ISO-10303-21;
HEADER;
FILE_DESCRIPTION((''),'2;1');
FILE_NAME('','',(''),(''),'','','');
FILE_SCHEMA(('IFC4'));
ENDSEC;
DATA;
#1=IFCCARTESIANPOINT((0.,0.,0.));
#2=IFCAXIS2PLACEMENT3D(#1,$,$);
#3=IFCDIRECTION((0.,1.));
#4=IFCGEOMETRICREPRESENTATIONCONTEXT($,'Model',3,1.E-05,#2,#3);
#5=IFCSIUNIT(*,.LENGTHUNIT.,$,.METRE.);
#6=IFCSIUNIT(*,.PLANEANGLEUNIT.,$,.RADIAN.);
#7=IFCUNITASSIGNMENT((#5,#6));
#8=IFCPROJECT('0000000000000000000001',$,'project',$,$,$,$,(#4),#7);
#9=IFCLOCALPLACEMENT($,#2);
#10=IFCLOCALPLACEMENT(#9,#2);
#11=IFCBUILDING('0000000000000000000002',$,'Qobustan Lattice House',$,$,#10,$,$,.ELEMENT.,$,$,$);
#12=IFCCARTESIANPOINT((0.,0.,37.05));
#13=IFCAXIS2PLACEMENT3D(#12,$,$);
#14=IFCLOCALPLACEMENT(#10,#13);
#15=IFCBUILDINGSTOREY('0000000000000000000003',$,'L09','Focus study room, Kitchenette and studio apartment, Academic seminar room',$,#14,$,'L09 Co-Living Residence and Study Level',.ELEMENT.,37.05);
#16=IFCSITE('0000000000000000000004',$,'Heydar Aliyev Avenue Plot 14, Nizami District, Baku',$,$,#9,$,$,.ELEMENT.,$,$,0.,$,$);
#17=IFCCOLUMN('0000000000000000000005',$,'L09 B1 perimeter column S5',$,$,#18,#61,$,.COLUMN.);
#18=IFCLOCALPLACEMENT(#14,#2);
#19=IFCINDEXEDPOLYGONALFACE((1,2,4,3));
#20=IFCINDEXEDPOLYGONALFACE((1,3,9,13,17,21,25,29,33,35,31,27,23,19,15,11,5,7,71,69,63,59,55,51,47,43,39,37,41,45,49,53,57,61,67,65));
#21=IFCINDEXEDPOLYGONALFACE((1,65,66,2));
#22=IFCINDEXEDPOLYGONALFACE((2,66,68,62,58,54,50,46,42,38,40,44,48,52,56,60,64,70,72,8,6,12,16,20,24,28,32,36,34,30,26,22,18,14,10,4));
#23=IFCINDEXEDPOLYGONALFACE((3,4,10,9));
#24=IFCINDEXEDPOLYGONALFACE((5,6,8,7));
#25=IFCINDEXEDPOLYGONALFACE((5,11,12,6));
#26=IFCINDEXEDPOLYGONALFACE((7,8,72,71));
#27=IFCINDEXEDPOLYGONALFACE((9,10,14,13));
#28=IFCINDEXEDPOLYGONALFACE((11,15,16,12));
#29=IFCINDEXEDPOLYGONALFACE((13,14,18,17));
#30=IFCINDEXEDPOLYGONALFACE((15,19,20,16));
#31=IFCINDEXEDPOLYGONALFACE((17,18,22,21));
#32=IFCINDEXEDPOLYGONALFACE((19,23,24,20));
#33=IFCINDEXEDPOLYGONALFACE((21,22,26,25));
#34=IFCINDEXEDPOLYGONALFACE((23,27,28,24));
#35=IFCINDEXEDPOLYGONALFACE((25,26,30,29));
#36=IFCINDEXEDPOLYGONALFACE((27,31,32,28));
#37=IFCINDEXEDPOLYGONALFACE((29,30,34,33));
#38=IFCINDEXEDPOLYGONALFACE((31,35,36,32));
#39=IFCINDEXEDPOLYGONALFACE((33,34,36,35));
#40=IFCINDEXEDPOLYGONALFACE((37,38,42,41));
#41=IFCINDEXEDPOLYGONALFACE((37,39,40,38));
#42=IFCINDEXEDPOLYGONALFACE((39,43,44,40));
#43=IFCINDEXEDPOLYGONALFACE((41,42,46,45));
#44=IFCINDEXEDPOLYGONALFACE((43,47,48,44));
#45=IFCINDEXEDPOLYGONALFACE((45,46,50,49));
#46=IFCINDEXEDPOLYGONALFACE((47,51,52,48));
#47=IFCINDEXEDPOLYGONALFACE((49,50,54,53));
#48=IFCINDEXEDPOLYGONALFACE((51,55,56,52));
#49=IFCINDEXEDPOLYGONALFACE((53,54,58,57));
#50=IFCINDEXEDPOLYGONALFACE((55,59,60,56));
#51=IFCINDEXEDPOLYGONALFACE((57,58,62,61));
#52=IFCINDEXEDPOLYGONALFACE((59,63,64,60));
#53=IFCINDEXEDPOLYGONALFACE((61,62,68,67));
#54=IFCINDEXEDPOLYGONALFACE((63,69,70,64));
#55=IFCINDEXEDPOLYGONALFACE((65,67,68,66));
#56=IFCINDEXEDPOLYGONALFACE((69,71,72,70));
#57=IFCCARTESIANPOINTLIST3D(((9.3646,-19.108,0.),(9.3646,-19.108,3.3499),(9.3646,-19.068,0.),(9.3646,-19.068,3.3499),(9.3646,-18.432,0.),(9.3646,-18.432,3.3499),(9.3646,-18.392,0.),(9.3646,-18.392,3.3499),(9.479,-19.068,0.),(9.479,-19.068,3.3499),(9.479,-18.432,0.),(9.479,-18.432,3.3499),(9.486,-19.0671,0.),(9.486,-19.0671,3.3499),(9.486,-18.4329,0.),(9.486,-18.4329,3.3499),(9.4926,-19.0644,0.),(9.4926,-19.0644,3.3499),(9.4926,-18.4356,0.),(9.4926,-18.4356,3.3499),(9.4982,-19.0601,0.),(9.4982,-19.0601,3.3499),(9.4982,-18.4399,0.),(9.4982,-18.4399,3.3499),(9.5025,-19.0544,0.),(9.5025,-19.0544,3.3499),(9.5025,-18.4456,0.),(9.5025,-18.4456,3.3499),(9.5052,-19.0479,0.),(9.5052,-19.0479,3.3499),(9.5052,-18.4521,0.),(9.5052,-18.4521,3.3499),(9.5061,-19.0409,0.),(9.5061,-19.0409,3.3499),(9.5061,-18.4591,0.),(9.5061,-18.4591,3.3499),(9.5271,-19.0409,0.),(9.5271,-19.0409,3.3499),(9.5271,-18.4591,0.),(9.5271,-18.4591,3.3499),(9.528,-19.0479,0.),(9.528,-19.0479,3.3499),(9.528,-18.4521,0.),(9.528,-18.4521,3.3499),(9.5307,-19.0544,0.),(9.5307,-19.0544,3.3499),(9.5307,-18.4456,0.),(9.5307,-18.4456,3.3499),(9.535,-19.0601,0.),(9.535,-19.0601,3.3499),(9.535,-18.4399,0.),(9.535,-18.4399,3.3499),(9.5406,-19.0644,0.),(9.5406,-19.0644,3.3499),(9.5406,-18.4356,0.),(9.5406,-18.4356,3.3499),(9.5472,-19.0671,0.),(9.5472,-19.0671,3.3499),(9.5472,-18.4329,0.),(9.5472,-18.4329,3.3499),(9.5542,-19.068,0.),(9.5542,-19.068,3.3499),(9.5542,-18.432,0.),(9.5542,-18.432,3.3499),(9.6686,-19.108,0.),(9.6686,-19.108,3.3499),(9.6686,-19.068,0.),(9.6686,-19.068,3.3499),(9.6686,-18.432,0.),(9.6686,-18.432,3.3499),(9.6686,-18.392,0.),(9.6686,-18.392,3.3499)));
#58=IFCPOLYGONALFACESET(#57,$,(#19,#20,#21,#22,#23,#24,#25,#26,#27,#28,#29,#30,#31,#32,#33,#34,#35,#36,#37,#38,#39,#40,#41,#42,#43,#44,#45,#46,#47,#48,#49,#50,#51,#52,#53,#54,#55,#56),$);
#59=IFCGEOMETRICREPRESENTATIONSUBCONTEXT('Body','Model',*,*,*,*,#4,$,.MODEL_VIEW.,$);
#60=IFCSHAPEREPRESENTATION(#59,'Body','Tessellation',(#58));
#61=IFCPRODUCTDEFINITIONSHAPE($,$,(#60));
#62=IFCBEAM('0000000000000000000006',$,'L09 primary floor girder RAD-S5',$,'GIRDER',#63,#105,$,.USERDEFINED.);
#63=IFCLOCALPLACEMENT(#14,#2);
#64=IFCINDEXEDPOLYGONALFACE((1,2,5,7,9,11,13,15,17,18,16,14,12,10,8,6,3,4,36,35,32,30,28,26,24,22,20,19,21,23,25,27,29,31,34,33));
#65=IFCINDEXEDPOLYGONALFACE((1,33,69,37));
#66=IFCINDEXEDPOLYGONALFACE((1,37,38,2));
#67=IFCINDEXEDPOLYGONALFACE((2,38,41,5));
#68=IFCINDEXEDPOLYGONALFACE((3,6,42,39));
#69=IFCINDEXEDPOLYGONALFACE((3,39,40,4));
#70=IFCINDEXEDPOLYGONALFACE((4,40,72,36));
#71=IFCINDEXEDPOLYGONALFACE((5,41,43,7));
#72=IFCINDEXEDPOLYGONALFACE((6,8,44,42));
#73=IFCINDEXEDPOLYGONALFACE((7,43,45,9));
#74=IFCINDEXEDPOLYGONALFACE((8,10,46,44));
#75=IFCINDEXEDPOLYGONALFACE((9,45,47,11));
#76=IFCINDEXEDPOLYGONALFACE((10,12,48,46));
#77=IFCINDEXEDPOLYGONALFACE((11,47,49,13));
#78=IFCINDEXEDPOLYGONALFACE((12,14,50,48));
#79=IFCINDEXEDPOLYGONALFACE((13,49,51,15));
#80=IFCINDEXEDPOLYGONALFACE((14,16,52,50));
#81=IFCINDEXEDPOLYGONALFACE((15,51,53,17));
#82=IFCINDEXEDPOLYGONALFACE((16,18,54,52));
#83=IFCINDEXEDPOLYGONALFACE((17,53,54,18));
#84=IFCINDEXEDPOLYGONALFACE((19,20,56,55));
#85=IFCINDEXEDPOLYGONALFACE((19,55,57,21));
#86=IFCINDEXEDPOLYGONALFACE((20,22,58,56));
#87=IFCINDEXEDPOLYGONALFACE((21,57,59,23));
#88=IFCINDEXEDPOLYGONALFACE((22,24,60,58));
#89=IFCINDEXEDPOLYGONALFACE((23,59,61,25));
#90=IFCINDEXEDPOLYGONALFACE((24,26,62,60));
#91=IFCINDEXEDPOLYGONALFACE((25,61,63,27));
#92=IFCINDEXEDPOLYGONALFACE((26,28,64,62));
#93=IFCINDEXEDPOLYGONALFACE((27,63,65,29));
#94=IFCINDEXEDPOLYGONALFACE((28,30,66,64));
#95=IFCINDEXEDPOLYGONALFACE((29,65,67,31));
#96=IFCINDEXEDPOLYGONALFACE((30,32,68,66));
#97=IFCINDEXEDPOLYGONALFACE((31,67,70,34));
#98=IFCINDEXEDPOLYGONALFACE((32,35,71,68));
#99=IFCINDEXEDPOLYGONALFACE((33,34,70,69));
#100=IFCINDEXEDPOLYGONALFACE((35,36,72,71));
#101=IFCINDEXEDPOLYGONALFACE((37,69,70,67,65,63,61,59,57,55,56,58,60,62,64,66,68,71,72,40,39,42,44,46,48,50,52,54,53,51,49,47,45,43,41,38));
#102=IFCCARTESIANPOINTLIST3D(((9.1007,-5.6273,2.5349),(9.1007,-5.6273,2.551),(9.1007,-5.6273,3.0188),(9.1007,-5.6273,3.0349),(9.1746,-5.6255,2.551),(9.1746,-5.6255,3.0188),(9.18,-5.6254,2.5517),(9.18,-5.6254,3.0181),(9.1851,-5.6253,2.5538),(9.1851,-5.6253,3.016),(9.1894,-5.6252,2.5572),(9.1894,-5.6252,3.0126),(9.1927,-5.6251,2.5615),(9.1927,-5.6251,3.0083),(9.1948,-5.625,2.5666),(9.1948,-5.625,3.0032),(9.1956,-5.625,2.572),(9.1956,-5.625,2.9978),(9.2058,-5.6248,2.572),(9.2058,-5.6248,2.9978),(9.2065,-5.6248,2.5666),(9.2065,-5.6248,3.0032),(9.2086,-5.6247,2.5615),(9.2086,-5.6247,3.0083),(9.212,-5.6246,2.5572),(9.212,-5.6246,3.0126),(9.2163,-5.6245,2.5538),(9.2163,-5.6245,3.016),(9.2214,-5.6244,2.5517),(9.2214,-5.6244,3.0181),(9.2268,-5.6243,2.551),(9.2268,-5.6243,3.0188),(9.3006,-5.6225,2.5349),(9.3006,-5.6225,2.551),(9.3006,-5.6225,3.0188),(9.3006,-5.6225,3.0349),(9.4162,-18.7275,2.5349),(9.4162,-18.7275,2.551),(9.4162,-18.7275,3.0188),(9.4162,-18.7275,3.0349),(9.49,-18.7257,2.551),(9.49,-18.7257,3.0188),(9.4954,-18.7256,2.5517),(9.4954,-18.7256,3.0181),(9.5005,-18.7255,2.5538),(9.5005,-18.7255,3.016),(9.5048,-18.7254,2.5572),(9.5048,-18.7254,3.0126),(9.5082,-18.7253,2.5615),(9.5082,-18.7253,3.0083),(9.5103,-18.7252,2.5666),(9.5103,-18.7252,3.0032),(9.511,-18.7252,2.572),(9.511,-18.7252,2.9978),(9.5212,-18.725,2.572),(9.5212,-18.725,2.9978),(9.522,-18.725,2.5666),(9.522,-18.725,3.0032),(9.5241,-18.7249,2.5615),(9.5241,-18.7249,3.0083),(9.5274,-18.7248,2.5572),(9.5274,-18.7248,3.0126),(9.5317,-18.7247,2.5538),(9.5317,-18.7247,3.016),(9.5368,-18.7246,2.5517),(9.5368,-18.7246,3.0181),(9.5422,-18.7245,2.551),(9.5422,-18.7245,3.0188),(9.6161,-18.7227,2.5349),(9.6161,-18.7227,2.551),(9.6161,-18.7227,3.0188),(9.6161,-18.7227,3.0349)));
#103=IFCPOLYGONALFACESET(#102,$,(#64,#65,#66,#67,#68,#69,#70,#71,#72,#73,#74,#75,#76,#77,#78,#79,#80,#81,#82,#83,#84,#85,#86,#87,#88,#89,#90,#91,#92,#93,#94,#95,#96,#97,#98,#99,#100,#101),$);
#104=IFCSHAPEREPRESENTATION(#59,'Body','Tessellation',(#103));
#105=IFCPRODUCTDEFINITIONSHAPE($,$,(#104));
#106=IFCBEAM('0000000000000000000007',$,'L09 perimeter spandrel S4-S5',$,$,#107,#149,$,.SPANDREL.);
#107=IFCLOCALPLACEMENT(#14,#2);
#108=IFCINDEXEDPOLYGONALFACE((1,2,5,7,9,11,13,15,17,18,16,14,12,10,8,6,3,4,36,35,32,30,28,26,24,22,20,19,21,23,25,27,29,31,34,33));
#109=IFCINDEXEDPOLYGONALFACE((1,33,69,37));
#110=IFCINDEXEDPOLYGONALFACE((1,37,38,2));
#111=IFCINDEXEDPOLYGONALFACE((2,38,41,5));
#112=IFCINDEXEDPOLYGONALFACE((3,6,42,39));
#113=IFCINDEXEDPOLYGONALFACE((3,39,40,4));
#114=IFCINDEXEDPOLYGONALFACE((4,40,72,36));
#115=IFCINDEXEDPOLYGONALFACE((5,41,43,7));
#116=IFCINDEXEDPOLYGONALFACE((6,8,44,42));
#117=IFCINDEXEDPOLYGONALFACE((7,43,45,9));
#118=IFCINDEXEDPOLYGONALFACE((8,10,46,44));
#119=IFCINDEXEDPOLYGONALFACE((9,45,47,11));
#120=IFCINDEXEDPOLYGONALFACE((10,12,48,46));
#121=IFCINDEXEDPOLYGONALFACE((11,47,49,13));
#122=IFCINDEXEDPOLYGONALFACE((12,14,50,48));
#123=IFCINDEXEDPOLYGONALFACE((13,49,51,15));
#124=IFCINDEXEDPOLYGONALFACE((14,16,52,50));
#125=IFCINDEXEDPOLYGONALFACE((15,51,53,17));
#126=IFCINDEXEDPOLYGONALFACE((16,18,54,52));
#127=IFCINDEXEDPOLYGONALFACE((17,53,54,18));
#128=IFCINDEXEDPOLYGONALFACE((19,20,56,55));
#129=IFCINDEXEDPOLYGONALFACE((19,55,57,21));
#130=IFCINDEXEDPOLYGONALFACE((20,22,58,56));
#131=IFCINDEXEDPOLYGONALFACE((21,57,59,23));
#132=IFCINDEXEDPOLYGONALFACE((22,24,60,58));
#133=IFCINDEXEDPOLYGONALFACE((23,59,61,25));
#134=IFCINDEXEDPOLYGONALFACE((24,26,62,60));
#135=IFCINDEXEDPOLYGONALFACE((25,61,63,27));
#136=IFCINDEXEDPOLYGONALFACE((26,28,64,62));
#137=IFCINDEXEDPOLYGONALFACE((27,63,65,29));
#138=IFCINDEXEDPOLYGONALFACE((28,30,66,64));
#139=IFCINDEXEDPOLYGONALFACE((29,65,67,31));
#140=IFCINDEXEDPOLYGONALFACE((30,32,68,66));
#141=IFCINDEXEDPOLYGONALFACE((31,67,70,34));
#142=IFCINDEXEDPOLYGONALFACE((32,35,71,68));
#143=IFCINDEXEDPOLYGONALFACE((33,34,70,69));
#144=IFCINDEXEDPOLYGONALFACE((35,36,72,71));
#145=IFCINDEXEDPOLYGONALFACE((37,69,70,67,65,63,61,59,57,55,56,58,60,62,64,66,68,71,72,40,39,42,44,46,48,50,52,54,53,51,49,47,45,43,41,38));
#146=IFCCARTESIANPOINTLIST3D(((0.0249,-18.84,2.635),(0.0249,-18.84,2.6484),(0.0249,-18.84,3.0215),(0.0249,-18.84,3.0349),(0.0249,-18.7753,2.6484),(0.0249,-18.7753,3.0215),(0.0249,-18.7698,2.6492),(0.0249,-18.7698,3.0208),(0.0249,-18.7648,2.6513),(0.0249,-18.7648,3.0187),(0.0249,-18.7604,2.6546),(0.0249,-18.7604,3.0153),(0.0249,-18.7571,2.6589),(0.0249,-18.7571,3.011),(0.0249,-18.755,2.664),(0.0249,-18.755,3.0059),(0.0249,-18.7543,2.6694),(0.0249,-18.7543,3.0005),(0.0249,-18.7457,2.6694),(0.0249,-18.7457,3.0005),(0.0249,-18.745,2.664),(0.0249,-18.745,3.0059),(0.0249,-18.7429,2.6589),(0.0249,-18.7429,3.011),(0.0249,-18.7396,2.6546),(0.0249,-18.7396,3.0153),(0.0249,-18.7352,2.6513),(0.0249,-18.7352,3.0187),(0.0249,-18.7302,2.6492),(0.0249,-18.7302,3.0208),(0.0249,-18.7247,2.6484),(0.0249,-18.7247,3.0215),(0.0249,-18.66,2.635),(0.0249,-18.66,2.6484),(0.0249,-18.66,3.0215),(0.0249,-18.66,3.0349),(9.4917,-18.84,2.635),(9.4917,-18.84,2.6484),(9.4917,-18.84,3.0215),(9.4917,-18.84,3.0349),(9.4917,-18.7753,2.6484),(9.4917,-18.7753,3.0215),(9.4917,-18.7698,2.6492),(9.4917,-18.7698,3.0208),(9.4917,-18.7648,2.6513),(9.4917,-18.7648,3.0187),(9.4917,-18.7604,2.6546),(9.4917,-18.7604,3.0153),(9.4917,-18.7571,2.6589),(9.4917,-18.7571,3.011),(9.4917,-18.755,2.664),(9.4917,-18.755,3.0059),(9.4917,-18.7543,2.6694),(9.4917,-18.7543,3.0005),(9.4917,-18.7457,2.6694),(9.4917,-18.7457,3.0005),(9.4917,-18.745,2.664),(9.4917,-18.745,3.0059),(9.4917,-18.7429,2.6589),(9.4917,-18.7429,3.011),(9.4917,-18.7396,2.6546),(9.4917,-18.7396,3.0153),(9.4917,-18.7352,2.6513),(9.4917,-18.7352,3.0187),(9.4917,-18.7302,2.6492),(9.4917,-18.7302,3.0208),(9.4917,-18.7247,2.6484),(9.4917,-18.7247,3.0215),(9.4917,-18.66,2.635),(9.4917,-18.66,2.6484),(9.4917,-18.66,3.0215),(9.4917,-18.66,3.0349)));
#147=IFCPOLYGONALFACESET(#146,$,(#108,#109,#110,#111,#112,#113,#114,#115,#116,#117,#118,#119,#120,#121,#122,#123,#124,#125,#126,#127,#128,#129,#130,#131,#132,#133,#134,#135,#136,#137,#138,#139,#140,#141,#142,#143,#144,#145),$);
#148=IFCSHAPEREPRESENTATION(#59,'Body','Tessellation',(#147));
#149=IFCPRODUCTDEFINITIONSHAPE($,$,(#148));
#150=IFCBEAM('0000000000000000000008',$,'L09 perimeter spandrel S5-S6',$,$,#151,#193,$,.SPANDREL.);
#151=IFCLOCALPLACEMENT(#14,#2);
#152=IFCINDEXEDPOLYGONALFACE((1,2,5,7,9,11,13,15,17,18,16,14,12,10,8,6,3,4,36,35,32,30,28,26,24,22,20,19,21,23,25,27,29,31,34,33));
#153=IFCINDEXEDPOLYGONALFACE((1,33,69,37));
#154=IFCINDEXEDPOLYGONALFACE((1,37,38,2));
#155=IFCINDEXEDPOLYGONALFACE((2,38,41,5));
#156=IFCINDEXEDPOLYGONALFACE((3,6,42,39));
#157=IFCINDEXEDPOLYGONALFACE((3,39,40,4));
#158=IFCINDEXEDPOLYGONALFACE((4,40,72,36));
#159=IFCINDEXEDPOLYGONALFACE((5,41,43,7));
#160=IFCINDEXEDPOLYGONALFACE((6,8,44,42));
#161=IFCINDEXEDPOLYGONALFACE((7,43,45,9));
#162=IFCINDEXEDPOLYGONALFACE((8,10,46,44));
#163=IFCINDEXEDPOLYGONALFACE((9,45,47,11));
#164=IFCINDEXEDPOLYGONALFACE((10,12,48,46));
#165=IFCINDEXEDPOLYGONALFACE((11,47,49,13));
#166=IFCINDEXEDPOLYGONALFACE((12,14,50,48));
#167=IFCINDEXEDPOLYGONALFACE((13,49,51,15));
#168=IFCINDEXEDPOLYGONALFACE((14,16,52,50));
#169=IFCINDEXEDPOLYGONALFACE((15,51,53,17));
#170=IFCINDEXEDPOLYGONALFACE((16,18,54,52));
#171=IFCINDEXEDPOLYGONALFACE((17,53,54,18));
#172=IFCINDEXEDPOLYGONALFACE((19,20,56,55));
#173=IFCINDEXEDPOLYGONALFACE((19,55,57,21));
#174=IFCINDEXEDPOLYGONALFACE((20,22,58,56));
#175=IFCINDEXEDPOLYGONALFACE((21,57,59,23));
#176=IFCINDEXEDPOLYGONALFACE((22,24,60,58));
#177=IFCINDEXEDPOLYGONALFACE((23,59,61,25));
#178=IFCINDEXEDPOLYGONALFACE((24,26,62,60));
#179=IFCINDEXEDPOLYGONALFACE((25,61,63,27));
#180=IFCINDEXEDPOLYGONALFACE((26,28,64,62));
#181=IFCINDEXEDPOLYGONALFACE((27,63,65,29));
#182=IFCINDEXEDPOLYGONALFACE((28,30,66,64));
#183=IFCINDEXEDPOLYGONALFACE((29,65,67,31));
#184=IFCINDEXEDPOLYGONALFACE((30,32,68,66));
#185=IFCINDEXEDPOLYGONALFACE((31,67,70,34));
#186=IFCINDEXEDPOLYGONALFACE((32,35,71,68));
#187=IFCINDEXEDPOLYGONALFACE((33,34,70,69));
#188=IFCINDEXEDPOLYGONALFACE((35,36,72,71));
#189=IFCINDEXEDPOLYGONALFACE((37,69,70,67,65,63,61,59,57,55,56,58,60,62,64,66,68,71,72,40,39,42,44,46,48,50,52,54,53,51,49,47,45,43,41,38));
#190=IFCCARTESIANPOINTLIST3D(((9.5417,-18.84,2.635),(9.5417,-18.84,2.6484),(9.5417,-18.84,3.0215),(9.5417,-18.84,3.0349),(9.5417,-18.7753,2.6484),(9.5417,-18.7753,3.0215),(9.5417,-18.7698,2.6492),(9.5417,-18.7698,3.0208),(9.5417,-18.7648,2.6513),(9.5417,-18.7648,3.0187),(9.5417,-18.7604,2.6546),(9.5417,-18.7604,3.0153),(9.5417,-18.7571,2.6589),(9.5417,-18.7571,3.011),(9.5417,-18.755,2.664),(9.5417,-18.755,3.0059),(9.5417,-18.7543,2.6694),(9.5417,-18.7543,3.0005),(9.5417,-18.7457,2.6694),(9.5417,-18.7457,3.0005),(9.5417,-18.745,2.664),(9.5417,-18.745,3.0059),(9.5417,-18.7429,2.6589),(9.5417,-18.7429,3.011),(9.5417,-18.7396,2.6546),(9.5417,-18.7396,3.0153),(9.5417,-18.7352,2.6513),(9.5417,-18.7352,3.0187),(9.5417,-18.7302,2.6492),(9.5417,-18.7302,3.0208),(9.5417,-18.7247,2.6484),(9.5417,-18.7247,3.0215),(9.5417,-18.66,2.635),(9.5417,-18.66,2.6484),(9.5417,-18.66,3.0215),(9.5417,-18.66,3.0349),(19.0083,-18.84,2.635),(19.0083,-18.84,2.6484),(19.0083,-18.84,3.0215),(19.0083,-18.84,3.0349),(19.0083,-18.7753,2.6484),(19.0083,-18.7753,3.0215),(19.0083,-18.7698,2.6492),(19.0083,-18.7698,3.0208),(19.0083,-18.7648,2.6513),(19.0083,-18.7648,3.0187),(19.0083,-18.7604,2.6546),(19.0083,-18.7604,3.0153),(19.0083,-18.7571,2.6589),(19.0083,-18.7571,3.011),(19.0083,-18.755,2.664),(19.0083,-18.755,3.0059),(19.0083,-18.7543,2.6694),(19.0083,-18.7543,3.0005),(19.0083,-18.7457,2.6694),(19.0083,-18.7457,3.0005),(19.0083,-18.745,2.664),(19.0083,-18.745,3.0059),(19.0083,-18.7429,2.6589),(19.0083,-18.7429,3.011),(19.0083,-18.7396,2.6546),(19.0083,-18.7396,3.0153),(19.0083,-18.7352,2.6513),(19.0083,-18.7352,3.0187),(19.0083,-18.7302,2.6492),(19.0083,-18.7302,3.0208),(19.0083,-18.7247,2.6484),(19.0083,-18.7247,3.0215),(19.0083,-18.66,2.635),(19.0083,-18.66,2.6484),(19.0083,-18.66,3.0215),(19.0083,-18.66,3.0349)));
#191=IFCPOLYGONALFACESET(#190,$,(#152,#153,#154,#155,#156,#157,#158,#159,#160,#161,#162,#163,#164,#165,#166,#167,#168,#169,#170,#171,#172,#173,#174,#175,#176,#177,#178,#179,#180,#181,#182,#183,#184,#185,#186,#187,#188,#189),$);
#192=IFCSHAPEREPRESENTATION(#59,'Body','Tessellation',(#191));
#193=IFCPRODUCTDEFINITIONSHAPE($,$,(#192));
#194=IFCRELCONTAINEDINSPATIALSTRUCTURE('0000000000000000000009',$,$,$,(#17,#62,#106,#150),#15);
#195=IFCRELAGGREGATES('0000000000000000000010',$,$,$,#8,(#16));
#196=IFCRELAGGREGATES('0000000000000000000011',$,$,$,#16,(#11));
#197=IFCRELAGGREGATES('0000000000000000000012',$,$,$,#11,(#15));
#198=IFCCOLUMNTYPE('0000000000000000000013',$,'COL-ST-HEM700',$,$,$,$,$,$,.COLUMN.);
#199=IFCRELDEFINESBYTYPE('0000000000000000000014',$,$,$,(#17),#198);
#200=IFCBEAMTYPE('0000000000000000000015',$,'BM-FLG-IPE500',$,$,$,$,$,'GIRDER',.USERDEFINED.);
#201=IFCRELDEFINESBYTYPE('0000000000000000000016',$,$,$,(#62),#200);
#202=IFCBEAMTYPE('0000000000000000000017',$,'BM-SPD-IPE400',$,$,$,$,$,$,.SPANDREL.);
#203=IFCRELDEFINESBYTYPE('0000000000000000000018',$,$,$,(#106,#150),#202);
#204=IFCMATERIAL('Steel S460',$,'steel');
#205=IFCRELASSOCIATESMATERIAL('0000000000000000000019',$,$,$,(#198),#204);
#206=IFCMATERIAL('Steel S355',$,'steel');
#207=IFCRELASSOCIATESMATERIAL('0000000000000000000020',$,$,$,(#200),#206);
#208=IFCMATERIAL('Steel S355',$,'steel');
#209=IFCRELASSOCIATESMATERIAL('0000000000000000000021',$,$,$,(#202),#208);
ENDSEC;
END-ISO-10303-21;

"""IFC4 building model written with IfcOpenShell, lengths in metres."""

from ifc_helpers import new_model, si_unit, direction, frame, origin, origin_2d, place, context, subcontext, project, spatial, i_section, extrude, material, material_profile, profile_set, type_object, element, save


model = new_model("IFC4")

# Units and contexts
model_context = context("Model", 3, precision=1e-05, world=origin(), true_north=direction((0.0, 1.0)))
body_context = subcontext(model_context, "Body", "Model", "MODEL_VIEW")
ifc_project = project(units=[si_unit("LENGTHUNIT", "METRE"), si_unit("PLANEANGLEUNIT", "RADIAN")], contexts=[model_context])

# Site, building, storey
site_placement = place(None, origin())
site = spatial("IfcSite", under=ifc_project, at=site_placement, Name="Heydar Aliyev Avenue Plot 14, Nizami District, Baku", CompositionType="ELEMENT", RefElevation=0.0)
building_placement = place(site_placement, origin())
building = spatial("IfcBuilding", under=site, at=building_placement, Name="Qobustan Lattice House", CompositionType="ELEMENT")
storey_placement = place(building_placement, frame((0.0, 0.0, 37.05)))
storey = spatial("IfcBuildingStorey", under=building, at=storey_placement, Name="L09", Description="Focus study room, Kitchenette and studio apartment, Academic seminar room", LongName="L09 Co-Living Residence and Study Level", CompositionType="ELEMENT", Elevation=37.05)

# Column
ifc_material_1 = material(Name="Steel S460", Category="steel")
ifc_material_profile_1 = material_profile(ifc_material_1, i_section(OverallWidth=0.304, OverallDepth=0.7161, WebThickness=0.021, FlangeThickness=0.04, FilletRadius=0.0271, at=origin_2d()), Name="HEM700")
ifc_profile_set_1 = profile_set([ifc_material_profile_1], Name="Steel S460")
column_type = type_object("IfcColumnType", Name="COL-ST-HEM700", PredefinedType="COLUMN", material=ifc_profile_set_1)
column_placement = place(storey_placement, frame((9.5166, -18.75, 0.0), z_axis=(0.0, 0.0, 1.0), x_axis=(1.0, 0.0, 0.0)))
element("IfcColumn", 1, at=column_placement, inside=storey, type_object=column_type, Name="L09 B1 perimeter column S5", PredefinedType="COLUMN", context=body_context, shape_type="SweptSolid", body=[
    extrude(i_section(OverallWidth=0.304, OverallDepth=0.7161, WebThickness=0.021, FlangeThickness=0.04, FilletRadius=0.0271, at=origin_2d()), origin(), (0.0, 0.0, 1.0), 3.3499),
])

# Beams
ifc_material_2 = material(Name="Steel S355", Category="steel")
ifc_material_profile_2 = material_profile(ifc_material_2, i_section(OverallWidth=0.2, OverallDepth=0.5, WebThickness=0.0103, FlangeThickness=0.0161, FilletRadius=0.021, at=origin_2d()), Name="IPE500")
ifc_profile_set_2 = profile_set([ifc_material_profile_2], Name="Steel S355")
beam_type_1 = type_object("IfcBeamType", Name="BM-FLG-IPE500", ElementType="GIRDER", PredefinedType="USERDEFINED", material=ifc_profile_set_2)
beam_1_placement = place(storey_placement, frame((9.5161, -18.7251, 2.7849), z_axis=(-0.024071, 0.99971, 0.0), x_axis=(-0.99971, -0.024071, 0.0)))
element("IfcBeam", 2, at=beam_1_placement, inside=storey, type_object=beam_type_1, Name="L09 primary floor girder RAD-S5", ObjectType="GIRDER", PredefinedType="USERDEFINED", context=body_context, shape_type="SweptSolid", body=[
    extrude(i_section(OverallWidth=0.2, OverallDepth=0.5, WebThickness=0.0103, FlangeThickness=0.0161, FilletRadius=0.021, at=origin_2d()), origin(), (0.0, 0.0, 1.0), 13.104),
])
ifc_material_3 = material(Name="Steel S355", Category="steel")
ifc_material_profile_3 = material_profile(ifc_material_3, i_section(OverallWidth=0.1799, OverallDepth=0.3999, WebThickness=0.0085, FlangeThickness=0.0134, FilletRadius=0.021, at=origin_2d()), Name="IPE400")
ifc_profile_set_3 = profile_set([ifc_material_profile_3], Name="Steel S355")
beam_type_2 = type_object("IfcBeamType", Name="BM-SPD-IPE400", PredefinedType="SPANDREL", material=ifc_profile_set_3)
beam_2_placement = place(storey_placement, frame((0.0249, -18.75, 2.835), z_axis=(1.0, 0.0, 0.0), x_axis=(0.0, 1.0, 0.0)))
element("IfcBeam", 3, at=beam_2_placement, inside=storey, type_object=beam_type_2, Name="L09 perimeter spandrel S4-S5", PredefinedType="SPANDREL", context=body_context, shape_type="SweptSolid", body=[
    extrude(i_section(OverallWidth=0.1799, OverallDepth=0.3999, WebThickness=0.0085, FlangeThickness=0.0134, FilletRadius=0.021, at=origin_2d()), origin(), (0.0, 0.0, 1.0), 9.4668),
])
beam_3_placement = place(storey_placement, frame((9.5417, -18.75, 2.835), z_axis=(1.0, 0.0, 0.0), x_axis=(0.0, 1.0, 0.0)))
element("IfcBeam", 4, at=beam_3_placement, inside=storey, type_object=beam_type_2, Name="L09 perimeter spandrel S5-S6", PredefinedType="SPANDREL", context=body_context, shape_type="SweptSolid", body=[
    extrude(i_section(OverallWidth=0.1799, OverallDepth=0.3999, WebThickness=0.0085, FlangeThickness=0.0134, FilletRadius=0.021, at=origin_2d()), origin(), (0.0, 0.0, 1.0), 9.4666),
])

save(model, "model.ifc")
